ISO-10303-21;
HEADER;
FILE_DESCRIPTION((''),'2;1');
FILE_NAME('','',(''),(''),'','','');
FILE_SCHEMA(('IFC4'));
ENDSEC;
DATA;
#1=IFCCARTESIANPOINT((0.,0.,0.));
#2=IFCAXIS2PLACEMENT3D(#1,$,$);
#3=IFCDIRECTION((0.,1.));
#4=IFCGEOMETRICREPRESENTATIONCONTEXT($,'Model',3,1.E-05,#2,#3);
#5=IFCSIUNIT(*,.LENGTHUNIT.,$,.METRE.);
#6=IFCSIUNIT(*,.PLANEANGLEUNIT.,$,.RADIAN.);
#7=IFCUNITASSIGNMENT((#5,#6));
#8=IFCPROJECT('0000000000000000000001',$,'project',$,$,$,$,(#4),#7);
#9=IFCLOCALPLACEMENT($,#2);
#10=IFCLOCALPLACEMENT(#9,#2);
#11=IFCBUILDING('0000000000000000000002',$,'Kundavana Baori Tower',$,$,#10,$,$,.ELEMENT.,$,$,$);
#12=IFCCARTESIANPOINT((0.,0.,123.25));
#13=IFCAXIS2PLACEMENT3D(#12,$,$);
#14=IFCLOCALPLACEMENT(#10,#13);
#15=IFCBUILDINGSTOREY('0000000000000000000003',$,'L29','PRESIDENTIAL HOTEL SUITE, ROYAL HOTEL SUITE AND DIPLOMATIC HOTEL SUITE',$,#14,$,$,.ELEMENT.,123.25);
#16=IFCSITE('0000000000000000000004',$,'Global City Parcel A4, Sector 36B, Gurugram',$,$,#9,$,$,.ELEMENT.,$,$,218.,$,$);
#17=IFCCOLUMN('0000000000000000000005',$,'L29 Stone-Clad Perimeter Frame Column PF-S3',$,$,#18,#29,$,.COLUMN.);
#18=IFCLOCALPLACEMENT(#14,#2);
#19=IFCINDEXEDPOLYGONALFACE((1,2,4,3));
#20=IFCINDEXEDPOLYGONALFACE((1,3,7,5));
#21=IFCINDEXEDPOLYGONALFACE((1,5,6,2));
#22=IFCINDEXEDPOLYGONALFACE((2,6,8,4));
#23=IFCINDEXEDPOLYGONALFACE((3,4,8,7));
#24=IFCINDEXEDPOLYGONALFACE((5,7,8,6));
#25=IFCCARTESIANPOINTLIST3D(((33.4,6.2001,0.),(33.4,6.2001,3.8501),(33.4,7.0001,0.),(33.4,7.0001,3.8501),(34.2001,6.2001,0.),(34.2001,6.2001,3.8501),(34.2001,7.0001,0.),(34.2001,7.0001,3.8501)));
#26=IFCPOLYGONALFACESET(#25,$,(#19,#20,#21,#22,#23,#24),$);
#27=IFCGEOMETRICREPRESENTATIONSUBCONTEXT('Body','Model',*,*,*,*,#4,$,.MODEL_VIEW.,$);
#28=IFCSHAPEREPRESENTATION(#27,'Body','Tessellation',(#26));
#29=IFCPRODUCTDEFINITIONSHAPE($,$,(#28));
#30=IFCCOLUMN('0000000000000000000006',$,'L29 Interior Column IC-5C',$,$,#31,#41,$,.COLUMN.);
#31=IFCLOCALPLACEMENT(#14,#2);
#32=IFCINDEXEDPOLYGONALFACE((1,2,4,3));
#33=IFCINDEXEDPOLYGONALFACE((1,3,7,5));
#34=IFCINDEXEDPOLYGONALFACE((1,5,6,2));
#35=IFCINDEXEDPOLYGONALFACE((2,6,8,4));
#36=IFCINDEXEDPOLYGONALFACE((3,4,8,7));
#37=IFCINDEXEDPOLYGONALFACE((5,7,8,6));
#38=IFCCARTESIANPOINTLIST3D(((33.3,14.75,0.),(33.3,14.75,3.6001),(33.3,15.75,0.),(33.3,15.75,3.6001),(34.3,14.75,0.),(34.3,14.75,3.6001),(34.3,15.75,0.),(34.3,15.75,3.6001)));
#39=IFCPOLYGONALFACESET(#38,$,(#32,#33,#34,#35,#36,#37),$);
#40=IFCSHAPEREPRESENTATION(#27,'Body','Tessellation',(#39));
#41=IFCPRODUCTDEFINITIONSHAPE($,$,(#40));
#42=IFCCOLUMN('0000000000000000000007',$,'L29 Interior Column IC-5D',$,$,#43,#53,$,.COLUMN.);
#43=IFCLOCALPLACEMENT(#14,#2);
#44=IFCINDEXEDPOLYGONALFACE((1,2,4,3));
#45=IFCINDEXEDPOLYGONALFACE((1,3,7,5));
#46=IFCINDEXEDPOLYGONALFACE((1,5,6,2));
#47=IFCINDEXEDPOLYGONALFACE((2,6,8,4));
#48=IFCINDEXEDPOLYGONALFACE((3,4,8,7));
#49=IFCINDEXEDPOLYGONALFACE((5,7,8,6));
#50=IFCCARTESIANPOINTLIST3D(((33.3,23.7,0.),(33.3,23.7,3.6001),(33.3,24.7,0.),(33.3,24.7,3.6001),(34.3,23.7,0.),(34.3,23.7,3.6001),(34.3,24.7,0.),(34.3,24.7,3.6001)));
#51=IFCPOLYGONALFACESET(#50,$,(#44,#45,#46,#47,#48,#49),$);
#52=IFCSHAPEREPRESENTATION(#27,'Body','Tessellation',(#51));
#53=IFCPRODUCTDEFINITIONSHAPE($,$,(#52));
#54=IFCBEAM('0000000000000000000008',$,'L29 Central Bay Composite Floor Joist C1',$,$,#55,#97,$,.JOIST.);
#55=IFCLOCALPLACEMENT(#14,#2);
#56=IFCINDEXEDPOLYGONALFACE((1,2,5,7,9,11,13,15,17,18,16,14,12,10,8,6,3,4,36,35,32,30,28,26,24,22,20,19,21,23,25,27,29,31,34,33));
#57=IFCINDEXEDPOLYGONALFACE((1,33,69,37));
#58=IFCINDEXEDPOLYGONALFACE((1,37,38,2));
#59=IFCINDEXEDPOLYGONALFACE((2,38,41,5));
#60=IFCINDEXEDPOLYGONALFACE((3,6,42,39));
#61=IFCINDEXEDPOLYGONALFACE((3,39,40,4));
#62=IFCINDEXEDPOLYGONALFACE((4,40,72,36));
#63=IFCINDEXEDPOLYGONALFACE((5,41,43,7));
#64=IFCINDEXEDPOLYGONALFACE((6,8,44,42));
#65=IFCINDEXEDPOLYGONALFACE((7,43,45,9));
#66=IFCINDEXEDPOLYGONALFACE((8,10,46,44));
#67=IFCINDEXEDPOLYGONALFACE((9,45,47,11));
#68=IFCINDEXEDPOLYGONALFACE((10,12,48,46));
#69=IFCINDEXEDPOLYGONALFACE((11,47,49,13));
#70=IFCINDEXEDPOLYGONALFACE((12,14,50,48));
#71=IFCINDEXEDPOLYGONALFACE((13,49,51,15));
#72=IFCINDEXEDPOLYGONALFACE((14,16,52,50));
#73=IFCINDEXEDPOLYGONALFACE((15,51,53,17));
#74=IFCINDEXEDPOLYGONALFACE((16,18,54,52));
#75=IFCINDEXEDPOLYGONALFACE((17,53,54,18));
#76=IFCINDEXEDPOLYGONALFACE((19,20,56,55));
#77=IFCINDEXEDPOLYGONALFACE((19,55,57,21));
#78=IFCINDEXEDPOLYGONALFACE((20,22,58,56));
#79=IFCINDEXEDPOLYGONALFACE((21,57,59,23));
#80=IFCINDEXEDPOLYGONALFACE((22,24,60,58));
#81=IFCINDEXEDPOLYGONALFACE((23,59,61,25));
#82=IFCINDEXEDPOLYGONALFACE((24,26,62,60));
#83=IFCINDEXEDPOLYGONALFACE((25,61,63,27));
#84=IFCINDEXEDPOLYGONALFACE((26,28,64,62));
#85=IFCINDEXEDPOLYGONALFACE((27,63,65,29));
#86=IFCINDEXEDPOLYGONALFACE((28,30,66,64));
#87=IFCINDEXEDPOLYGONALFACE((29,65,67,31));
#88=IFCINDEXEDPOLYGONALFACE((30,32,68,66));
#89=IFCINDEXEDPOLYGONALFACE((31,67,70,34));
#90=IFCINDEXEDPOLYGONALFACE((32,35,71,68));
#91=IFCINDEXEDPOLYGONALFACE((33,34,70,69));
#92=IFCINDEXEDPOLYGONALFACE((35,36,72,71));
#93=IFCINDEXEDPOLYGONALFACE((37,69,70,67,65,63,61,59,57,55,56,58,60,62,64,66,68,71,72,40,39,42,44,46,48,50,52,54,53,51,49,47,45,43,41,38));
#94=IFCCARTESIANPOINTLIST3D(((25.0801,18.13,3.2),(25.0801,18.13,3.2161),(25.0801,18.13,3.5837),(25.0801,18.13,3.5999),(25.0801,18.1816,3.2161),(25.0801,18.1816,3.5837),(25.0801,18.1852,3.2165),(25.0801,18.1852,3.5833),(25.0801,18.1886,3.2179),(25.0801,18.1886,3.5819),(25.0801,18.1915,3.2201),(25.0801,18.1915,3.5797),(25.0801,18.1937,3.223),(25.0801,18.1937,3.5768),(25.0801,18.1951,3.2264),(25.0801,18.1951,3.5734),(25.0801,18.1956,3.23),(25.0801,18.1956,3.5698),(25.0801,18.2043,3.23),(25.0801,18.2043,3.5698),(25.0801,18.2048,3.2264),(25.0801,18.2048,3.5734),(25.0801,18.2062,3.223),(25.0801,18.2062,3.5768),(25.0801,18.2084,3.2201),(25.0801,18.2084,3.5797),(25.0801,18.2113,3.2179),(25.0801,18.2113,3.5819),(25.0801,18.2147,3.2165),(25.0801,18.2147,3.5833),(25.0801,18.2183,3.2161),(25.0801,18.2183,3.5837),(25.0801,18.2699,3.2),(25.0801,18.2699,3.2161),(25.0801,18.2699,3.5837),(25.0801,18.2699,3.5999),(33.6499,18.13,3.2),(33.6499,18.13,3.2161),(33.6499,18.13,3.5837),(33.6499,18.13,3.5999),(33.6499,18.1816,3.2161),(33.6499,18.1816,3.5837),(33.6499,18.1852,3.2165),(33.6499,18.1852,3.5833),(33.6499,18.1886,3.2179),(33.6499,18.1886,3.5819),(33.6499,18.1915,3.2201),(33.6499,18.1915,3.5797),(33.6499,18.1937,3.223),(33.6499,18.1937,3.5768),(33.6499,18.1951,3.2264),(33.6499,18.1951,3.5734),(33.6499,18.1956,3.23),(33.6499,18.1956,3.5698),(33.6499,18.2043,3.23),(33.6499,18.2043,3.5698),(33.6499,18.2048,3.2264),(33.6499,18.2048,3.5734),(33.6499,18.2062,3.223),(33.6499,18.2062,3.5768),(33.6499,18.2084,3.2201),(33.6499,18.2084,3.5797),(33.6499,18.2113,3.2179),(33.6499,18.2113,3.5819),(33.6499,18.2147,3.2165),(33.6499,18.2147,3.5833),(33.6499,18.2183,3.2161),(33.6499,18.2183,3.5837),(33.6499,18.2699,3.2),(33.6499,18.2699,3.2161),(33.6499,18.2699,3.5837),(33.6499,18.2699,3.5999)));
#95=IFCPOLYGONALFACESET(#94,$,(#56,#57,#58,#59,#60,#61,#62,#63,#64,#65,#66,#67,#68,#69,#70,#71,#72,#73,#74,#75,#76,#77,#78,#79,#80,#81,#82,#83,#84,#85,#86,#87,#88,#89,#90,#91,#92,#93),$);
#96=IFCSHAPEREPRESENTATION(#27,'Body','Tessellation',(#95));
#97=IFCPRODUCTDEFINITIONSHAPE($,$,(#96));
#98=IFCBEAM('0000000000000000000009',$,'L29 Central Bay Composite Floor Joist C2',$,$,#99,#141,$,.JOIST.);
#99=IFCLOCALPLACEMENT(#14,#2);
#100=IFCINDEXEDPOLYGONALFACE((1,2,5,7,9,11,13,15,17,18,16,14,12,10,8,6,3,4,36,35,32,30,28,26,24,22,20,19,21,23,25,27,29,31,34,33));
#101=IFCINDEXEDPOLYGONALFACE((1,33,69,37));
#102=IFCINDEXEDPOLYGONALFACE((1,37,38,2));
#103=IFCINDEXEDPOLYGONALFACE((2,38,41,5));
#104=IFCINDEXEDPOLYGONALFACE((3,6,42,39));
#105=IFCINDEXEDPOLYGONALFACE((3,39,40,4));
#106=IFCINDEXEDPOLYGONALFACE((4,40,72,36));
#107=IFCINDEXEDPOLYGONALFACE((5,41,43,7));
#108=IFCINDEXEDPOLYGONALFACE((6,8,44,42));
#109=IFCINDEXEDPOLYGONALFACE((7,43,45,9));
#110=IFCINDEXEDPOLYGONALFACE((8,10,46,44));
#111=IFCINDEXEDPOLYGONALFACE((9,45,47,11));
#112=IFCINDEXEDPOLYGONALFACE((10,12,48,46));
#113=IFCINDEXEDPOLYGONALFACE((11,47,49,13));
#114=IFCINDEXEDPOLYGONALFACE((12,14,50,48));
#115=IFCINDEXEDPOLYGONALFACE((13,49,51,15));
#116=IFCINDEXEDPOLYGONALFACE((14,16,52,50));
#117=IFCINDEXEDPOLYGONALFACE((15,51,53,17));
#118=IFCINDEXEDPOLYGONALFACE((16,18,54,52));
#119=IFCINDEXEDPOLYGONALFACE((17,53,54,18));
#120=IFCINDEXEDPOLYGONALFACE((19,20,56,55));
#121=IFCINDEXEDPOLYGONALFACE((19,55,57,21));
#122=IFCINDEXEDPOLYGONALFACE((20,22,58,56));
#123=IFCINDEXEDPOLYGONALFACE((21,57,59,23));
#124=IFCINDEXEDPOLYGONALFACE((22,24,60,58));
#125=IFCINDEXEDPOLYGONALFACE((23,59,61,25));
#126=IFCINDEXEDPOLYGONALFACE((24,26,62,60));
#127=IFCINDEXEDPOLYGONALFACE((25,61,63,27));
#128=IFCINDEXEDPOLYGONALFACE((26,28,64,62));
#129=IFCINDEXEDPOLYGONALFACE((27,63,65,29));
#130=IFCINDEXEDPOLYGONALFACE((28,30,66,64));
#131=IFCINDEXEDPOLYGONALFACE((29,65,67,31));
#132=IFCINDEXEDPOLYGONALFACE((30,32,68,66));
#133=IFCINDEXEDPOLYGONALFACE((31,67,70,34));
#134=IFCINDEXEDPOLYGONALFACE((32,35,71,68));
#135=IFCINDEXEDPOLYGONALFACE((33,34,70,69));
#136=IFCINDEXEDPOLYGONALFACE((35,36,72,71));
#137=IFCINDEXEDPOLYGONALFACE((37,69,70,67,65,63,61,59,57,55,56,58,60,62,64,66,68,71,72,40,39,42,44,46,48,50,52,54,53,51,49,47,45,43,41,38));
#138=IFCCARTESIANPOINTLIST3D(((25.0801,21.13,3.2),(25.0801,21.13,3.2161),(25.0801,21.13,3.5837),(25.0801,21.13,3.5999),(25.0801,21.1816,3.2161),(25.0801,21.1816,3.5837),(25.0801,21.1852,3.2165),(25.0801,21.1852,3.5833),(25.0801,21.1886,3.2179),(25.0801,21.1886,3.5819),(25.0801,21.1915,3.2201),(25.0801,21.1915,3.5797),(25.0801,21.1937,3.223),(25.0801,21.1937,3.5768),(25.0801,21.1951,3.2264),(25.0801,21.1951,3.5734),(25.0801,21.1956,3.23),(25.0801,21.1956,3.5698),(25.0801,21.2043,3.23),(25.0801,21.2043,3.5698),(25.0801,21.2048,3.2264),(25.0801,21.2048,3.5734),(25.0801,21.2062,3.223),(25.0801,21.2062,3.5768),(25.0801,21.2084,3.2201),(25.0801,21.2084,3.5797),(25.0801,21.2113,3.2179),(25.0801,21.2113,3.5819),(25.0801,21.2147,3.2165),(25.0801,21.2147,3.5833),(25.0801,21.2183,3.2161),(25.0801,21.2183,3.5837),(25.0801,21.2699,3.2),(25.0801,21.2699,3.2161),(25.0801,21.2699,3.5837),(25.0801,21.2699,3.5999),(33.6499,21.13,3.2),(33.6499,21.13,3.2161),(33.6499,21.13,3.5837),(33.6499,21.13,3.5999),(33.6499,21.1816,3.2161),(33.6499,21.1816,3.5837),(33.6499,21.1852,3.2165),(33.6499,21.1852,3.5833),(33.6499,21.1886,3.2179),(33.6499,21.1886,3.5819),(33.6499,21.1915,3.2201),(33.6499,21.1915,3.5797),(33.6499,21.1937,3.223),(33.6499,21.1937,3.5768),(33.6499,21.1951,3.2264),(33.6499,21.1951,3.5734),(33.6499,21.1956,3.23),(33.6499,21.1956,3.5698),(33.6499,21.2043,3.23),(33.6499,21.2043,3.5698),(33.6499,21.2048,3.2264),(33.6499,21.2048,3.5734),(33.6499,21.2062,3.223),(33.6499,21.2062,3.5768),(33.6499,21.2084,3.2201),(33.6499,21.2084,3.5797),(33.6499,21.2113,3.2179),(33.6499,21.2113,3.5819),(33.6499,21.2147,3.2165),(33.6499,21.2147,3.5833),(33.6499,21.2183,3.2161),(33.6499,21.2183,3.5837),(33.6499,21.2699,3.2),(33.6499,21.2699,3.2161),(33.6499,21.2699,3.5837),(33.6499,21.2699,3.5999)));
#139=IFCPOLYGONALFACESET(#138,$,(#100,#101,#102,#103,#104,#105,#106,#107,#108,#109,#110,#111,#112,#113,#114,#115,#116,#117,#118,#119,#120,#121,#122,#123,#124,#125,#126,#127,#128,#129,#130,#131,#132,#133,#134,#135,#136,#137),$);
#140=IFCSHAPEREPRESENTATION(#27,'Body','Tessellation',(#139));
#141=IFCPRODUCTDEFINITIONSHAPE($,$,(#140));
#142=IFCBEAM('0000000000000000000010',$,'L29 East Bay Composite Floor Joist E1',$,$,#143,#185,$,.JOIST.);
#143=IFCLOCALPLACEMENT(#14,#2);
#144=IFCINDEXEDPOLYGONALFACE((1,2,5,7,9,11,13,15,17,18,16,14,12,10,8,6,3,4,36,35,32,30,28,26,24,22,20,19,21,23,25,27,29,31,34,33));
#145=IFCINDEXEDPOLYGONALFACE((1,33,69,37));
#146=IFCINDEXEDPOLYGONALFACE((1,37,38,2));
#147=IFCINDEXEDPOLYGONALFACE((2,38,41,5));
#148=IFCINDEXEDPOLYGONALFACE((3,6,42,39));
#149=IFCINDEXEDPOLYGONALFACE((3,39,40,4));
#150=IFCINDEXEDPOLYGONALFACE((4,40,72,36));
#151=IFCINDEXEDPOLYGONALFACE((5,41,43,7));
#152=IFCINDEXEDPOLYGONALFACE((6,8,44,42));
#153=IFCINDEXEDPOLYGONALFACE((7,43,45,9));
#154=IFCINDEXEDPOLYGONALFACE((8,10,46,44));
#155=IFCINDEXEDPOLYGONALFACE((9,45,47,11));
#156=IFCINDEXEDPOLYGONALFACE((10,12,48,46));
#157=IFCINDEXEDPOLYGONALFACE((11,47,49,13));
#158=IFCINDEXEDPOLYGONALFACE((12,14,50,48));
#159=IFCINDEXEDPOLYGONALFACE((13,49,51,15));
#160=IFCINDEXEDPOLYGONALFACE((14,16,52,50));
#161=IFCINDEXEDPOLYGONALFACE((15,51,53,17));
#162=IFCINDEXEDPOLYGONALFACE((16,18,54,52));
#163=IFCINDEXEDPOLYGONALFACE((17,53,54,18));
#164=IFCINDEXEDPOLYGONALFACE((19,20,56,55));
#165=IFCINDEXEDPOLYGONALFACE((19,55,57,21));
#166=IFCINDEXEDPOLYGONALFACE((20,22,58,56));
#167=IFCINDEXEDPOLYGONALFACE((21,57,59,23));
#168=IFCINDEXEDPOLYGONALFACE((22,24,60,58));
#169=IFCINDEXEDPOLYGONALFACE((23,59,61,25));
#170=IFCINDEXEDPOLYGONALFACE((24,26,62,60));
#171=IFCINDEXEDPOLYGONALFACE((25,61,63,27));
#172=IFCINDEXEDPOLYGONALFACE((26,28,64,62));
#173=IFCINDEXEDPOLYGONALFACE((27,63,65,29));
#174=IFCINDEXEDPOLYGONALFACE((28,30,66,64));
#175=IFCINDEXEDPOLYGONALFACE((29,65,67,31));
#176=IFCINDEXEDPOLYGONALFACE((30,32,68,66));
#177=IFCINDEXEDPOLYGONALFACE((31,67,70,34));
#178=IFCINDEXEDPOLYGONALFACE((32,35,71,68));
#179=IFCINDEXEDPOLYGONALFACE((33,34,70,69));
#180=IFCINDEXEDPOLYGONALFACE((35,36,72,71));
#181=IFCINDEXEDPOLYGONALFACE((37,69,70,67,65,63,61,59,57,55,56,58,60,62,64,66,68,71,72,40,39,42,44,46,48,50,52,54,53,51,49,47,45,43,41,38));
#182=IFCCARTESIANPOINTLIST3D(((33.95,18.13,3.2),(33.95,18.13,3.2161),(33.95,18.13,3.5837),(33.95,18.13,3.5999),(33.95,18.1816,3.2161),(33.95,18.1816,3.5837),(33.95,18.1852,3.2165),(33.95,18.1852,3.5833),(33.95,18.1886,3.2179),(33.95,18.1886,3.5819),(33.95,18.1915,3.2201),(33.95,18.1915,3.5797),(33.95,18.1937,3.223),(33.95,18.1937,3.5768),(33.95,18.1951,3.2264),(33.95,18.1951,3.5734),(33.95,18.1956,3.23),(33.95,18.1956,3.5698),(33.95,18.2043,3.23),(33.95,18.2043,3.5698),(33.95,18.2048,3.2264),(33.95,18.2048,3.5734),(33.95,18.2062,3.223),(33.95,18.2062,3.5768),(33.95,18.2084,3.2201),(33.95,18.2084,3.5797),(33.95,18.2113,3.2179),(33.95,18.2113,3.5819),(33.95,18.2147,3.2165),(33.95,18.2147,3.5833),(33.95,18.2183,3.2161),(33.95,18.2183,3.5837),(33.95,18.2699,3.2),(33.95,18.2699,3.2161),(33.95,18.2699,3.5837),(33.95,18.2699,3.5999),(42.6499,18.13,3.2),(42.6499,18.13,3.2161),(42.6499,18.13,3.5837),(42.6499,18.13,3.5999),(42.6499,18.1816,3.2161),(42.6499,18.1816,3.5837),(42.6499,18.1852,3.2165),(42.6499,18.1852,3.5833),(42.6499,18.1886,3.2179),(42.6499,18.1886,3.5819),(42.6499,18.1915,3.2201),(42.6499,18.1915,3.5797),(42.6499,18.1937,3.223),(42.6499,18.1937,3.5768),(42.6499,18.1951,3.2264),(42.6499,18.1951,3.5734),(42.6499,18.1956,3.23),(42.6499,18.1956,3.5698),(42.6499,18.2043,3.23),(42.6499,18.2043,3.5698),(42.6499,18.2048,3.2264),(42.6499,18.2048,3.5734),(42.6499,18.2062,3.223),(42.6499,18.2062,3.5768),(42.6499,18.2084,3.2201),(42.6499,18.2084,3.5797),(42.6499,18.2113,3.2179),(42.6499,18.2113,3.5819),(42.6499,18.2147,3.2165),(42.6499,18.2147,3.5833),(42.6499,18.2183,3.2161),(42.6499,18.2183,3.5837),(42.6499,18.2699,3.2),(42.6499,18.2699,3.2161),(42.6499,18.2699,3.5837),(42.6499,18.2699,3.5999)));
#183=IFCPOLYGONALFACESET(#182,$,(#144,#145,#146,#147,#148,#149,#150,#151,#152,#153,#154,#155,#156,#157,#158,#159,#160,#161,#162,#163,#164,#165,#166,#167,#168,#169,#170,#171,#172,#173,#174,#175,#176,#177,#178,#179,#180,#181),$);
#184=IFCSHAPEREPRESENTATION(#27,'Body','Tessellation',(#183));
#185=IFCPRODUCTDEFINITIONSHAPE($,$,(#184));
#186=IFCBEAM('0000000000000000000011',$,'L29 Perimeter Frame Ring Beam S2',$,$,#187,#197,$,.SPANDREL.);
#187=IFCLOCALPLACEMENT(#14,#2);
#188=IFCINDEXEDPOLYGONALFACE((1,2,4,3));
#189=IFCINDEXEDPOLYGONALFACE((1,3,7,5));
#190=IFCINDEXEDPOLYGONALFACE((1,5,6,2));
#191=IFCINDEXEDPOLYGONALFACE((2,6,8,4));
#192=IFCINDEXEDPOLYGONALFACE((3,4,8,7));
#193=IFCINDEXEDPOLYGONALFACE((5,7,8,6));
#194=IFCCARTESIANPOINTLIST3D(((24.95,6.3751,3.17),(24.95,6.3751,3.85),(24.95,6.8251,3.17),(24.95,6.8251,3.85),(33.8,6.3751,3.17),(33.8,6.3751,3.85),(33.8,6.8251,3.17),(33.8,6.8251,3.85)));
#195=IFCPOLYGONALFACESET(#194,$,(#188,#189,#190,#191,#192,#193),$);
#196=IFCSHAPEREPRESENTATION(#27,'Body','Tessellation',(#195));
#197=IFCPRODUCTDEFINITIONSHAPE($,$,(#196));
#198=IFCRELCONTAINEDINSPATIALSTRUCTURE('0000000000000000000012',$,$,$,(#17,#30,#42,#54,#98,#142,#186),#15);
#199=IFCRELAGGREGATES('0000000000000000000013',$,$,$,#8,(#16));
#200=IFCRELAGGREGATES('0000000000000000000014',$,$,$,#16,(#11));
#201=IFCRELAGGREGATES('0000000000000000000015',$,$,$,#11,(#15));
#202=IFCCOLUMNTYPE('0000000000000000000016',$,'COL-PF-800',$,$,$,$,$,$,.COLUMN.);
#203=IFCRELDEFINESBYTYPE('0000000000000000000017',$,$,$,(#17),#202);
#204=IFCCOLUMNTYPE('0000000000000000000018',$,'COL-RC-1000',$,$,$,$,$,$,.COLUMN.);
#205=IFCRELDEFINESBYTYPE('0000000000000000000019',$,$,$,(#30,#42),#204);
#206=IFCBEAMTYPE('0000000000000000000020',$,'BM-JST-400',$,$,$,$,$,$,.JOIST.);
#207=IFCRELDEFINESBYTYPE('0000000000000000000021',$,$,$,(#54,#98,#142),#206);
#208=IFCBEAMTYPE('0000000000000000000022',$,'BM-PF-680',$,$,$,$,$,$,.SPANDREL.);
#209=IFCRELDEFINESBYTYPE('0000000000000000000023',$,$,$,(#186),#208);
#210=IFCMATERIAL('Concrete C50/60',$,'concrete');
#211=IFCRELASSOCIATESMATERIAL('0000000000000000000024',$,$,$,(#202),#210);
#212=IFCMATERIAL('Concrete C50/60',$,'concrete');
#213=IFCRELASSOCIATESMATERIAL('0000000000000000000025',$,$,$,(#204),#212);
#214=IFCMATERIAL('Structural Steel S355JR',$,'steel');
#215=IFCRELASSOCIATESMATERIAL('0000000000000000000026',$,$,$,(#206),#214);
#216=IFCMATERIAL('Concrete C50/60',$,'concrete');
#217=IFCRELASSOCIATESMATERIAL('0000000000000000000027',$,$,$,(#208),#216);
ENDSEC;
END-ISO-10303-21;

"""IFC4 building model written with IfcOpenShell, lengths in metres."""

from ifc_helpers import new_model, si_unit, direction, frame, origin, origin_2d, place, context, subcontext, project, spatial, rectangle, i_section, extrude, material, material_profile, profile_set, type_object, element, save


model = new_model("IFC4")

# Units and contexts
model_context = context("Model", 3, precision=1e-05, world=origin(), true_north=direction((0.0, 1.0)))
body_context = subcontext(model_context, "Body", "Model", "MODEL_VIEW")
ifc_project = project(units=[si_unit("LENGTHUNIT", "METRE"), si_unit("PLANEANGLEUNIT", "RADIAN")], contexts=[model_context])

# Site, building, storey
site_placement = place(None, origin())
site = spatial("IfcSite", under=ifc_project, at=site_placement, Name="Global City Parcel A4, Sector 36B, Gurugram", CompositionType="ELEMENT", RefElevation=218.0)
building_placement = place(site_placement, origin())
building = spatial("IfcBuilding", under=site, at=building_placement, Name="Kundavana Baori Tower", CompositionType="ELEMENT")
storey_placement = place(building_placement, frame((0.0, 0.0, 123.25)))
storey = spatial("IfcBuildingStorey", under=building, at=storey_placement, Name="L29", Description="PRESIDENTIAL HOTEL SUITE, ROYAL HOTEL SUITE AND DIPLOMATIC HOTEL SUITE", CompositionType="ELEMENT", Elevation=123.25)

# Columns
ifc_material_1 = material(Name="Concrete C50/60", Category="concrete")
ifc_material_profile_1 = material_profile(ifc_material_1, rectangle(XDim=0.8, YDim=0.8, at=origin_2d()), Name="RC PF 800x800")
ifc_profile_set_1 = profile_set([ifc_material_profile_1], Name="Concrete C50/60")
column_type_1 = type_object("IfcColumnType", Name="COL-PF-800", PredefinedType="COLUMN", material=ifc_profile_set_1)
column_placement = place(storey_placement, frame((33.8, 6.6001, 0.0), z_axis=(0.0, 0.0, 1.0), x_axis=(1.0, 0.0, 0.0)))
element("IfcColumn", 1, at=column_placement, inside=storey, type_object=column_type_1, Name="L29 Stone-Clad Perimeter Frame Column PF-S3", PredefinedType="COLUMN", context=body_context, shape_type="SweptSolid", body=[
    extrude(rectangle(XDim=0.8, YDim=0.8, at=origin_2d()), origin(), (0.0, 0.0, 1.0), 3.8501),
])
ifc_material_2 = material(Name="Concrete C50/60", Category="concrete")
ifc_material_profile_2 = material_profile(ifc_material_2, rectangle(XDim=1.0, YDim=1.0, at=origin_2d()), Name="RC 1000x1000")
ifc_profile_set_2 = profile_set([ifc_material_profile_2], Name="Concrete C50/60")
column_type_2 = type_object("IfcColumnType", Name="COL-RC-1000", PredefinedType="COLUMN", material=ifc_profile_set_2)
for number, where, z_axis, x_axis, name in (
    (2, (33.8, 15.25, 0.0), (0.0, 0.0, 1.0), (1.0, 0.0, 0.0), "L29 Interior Column IC-5C"),
    (3, (33.8, 24.2, 0.0), (0.0, 0.0, 1.0), (1.0, 0.0, 0.0), "L29 Interior Column IC-5D"),
):
    element("IfcColumn", number, at=place(storey_placement, frame(where, z_axis=z_axis, x_axis=x_axis)), inside=storey, type_object=column_type_2, Name=name, PredefinedType="COLUMN", context=body_context, shape_type="SweptSolid", body=[
        extrude(rectangle(XDim=1.0, YDim=1.0, at=origin_2d()), origin(), (0.0, 0.0, 1.0), 3.6001),
    ])

# Beams
ifc_material_3 = material(Name="Structural Steel S355JR", Category="steel")
ifc_material_profile_3 = material_profile(ifc_material_3, i_section(OverallWidth=0.1399, OverallDepth=0.3999, WebThickness=0.0088, FlangeThickness=0.0161, FilletRadius=0.0139, at=origin_2d()), Name="ISMB 400")
ifc_profile_set_3 = profile_set([ifc_material_profile_3], Name="Structural Steel S355JR")
beam_type_1 = type_object("IfcBeamType", Name="BM-JST-400", PredefinedType="JOIST", material=ifc_profile_set_3)
for number, where, z_axis, x_axis, name in (
    (4, (25.0801, 18.2, 3.3999), (1.0, 0.0, 0.0), (0.0, 1.0, 0.0), "L29 Central Bay Composite Floor Joist C1"),
    (5, (25.0801, 21.2, 3.3999), (1.0, 0.0, 0.0), (0.0, 1.0, 0.0), "L29 Central Bay Composite Floor Joist C2"),
):
    element("IfcBeam", number, at=place(storey_placement, frame(where, z_axis=z_axis, x_axis=x_axis)), inside=storey, type_object=beam_type_1, Name=name, PredefinedType="JOIST", context=body_context, shape_type="SweptSolid", body=[
        extrude(i_section(OverallWidth=0.1399, OverallDepth=0.3999, WebThickness=0.0088, FlangeThickness=0.0161, FilletRadius=0.0139, at=origin_2d()), origin(), (0.0, 0.0, 1.0), 8.5698),
    ])
beam_1_placement = place(storey_placement, frame((33.95, 18.2, 3.3999), z_axis=(1.0, 0.0, 0.0), x_axis=(0.0, 1.0, 0.0)))
element("IfcBeam", 6, at=beam_1_placement, inside=storey, type_object=beam_type_1, Name="L29 East Bay Composite Floor Joist E1", PredefinedType="JOIST", context=body_context, shape_type="SweptSolid", body=[
    extrude(i_section(OverallWidth=0.1399, OverallDepth=0.3999, WebThickness=0.0088, FlangeThickness=0.0161, FilletRadius=0.0139, at=origin_2d()), origin(), (0.0, 0.0, 1.0), 8.7),
])
ifc_material_4 = material(Name="Concrete C50/60", Category="concrete")
ifc_material_profile_4 = material_profile(ifc_material_4, rectangle(XDim=0.45, YDim=0.6799, at=origin_2d()), Name="RC BM 450x680")
ifc_profile_set_4 = profile_set([ifc_material_profile_4], Name="Concrete C50/60")
beam_type_2 = type_object("IfcBeamType", Name="BM-PF-680", PredefinedType="SPANDREL", material=ifc_profile_set_4)
beam_2_placement = place(storey_placement, frame((24.95, 6.6001, 3.51), z_axis=(1.0, 0.0, 0.0), x_axis=(0.0, 1.0, 0.0)))
element("IfcBeam", 7, at=beam_2_placement, inside=storey, type_object=beam_type_2, Name="L29 Perimeter Frame Ring Beam S2", PredefinedType="SPANDREL", context=body_context, shape_type="SweptSolid", body=[
    extrude(rectangle(XDim=0.45, YDim=0.6799, at=origin_2d()), origin(), (0.0, 0.0, 1.0), 8.8501),
])

save(model, "model.ifc")
